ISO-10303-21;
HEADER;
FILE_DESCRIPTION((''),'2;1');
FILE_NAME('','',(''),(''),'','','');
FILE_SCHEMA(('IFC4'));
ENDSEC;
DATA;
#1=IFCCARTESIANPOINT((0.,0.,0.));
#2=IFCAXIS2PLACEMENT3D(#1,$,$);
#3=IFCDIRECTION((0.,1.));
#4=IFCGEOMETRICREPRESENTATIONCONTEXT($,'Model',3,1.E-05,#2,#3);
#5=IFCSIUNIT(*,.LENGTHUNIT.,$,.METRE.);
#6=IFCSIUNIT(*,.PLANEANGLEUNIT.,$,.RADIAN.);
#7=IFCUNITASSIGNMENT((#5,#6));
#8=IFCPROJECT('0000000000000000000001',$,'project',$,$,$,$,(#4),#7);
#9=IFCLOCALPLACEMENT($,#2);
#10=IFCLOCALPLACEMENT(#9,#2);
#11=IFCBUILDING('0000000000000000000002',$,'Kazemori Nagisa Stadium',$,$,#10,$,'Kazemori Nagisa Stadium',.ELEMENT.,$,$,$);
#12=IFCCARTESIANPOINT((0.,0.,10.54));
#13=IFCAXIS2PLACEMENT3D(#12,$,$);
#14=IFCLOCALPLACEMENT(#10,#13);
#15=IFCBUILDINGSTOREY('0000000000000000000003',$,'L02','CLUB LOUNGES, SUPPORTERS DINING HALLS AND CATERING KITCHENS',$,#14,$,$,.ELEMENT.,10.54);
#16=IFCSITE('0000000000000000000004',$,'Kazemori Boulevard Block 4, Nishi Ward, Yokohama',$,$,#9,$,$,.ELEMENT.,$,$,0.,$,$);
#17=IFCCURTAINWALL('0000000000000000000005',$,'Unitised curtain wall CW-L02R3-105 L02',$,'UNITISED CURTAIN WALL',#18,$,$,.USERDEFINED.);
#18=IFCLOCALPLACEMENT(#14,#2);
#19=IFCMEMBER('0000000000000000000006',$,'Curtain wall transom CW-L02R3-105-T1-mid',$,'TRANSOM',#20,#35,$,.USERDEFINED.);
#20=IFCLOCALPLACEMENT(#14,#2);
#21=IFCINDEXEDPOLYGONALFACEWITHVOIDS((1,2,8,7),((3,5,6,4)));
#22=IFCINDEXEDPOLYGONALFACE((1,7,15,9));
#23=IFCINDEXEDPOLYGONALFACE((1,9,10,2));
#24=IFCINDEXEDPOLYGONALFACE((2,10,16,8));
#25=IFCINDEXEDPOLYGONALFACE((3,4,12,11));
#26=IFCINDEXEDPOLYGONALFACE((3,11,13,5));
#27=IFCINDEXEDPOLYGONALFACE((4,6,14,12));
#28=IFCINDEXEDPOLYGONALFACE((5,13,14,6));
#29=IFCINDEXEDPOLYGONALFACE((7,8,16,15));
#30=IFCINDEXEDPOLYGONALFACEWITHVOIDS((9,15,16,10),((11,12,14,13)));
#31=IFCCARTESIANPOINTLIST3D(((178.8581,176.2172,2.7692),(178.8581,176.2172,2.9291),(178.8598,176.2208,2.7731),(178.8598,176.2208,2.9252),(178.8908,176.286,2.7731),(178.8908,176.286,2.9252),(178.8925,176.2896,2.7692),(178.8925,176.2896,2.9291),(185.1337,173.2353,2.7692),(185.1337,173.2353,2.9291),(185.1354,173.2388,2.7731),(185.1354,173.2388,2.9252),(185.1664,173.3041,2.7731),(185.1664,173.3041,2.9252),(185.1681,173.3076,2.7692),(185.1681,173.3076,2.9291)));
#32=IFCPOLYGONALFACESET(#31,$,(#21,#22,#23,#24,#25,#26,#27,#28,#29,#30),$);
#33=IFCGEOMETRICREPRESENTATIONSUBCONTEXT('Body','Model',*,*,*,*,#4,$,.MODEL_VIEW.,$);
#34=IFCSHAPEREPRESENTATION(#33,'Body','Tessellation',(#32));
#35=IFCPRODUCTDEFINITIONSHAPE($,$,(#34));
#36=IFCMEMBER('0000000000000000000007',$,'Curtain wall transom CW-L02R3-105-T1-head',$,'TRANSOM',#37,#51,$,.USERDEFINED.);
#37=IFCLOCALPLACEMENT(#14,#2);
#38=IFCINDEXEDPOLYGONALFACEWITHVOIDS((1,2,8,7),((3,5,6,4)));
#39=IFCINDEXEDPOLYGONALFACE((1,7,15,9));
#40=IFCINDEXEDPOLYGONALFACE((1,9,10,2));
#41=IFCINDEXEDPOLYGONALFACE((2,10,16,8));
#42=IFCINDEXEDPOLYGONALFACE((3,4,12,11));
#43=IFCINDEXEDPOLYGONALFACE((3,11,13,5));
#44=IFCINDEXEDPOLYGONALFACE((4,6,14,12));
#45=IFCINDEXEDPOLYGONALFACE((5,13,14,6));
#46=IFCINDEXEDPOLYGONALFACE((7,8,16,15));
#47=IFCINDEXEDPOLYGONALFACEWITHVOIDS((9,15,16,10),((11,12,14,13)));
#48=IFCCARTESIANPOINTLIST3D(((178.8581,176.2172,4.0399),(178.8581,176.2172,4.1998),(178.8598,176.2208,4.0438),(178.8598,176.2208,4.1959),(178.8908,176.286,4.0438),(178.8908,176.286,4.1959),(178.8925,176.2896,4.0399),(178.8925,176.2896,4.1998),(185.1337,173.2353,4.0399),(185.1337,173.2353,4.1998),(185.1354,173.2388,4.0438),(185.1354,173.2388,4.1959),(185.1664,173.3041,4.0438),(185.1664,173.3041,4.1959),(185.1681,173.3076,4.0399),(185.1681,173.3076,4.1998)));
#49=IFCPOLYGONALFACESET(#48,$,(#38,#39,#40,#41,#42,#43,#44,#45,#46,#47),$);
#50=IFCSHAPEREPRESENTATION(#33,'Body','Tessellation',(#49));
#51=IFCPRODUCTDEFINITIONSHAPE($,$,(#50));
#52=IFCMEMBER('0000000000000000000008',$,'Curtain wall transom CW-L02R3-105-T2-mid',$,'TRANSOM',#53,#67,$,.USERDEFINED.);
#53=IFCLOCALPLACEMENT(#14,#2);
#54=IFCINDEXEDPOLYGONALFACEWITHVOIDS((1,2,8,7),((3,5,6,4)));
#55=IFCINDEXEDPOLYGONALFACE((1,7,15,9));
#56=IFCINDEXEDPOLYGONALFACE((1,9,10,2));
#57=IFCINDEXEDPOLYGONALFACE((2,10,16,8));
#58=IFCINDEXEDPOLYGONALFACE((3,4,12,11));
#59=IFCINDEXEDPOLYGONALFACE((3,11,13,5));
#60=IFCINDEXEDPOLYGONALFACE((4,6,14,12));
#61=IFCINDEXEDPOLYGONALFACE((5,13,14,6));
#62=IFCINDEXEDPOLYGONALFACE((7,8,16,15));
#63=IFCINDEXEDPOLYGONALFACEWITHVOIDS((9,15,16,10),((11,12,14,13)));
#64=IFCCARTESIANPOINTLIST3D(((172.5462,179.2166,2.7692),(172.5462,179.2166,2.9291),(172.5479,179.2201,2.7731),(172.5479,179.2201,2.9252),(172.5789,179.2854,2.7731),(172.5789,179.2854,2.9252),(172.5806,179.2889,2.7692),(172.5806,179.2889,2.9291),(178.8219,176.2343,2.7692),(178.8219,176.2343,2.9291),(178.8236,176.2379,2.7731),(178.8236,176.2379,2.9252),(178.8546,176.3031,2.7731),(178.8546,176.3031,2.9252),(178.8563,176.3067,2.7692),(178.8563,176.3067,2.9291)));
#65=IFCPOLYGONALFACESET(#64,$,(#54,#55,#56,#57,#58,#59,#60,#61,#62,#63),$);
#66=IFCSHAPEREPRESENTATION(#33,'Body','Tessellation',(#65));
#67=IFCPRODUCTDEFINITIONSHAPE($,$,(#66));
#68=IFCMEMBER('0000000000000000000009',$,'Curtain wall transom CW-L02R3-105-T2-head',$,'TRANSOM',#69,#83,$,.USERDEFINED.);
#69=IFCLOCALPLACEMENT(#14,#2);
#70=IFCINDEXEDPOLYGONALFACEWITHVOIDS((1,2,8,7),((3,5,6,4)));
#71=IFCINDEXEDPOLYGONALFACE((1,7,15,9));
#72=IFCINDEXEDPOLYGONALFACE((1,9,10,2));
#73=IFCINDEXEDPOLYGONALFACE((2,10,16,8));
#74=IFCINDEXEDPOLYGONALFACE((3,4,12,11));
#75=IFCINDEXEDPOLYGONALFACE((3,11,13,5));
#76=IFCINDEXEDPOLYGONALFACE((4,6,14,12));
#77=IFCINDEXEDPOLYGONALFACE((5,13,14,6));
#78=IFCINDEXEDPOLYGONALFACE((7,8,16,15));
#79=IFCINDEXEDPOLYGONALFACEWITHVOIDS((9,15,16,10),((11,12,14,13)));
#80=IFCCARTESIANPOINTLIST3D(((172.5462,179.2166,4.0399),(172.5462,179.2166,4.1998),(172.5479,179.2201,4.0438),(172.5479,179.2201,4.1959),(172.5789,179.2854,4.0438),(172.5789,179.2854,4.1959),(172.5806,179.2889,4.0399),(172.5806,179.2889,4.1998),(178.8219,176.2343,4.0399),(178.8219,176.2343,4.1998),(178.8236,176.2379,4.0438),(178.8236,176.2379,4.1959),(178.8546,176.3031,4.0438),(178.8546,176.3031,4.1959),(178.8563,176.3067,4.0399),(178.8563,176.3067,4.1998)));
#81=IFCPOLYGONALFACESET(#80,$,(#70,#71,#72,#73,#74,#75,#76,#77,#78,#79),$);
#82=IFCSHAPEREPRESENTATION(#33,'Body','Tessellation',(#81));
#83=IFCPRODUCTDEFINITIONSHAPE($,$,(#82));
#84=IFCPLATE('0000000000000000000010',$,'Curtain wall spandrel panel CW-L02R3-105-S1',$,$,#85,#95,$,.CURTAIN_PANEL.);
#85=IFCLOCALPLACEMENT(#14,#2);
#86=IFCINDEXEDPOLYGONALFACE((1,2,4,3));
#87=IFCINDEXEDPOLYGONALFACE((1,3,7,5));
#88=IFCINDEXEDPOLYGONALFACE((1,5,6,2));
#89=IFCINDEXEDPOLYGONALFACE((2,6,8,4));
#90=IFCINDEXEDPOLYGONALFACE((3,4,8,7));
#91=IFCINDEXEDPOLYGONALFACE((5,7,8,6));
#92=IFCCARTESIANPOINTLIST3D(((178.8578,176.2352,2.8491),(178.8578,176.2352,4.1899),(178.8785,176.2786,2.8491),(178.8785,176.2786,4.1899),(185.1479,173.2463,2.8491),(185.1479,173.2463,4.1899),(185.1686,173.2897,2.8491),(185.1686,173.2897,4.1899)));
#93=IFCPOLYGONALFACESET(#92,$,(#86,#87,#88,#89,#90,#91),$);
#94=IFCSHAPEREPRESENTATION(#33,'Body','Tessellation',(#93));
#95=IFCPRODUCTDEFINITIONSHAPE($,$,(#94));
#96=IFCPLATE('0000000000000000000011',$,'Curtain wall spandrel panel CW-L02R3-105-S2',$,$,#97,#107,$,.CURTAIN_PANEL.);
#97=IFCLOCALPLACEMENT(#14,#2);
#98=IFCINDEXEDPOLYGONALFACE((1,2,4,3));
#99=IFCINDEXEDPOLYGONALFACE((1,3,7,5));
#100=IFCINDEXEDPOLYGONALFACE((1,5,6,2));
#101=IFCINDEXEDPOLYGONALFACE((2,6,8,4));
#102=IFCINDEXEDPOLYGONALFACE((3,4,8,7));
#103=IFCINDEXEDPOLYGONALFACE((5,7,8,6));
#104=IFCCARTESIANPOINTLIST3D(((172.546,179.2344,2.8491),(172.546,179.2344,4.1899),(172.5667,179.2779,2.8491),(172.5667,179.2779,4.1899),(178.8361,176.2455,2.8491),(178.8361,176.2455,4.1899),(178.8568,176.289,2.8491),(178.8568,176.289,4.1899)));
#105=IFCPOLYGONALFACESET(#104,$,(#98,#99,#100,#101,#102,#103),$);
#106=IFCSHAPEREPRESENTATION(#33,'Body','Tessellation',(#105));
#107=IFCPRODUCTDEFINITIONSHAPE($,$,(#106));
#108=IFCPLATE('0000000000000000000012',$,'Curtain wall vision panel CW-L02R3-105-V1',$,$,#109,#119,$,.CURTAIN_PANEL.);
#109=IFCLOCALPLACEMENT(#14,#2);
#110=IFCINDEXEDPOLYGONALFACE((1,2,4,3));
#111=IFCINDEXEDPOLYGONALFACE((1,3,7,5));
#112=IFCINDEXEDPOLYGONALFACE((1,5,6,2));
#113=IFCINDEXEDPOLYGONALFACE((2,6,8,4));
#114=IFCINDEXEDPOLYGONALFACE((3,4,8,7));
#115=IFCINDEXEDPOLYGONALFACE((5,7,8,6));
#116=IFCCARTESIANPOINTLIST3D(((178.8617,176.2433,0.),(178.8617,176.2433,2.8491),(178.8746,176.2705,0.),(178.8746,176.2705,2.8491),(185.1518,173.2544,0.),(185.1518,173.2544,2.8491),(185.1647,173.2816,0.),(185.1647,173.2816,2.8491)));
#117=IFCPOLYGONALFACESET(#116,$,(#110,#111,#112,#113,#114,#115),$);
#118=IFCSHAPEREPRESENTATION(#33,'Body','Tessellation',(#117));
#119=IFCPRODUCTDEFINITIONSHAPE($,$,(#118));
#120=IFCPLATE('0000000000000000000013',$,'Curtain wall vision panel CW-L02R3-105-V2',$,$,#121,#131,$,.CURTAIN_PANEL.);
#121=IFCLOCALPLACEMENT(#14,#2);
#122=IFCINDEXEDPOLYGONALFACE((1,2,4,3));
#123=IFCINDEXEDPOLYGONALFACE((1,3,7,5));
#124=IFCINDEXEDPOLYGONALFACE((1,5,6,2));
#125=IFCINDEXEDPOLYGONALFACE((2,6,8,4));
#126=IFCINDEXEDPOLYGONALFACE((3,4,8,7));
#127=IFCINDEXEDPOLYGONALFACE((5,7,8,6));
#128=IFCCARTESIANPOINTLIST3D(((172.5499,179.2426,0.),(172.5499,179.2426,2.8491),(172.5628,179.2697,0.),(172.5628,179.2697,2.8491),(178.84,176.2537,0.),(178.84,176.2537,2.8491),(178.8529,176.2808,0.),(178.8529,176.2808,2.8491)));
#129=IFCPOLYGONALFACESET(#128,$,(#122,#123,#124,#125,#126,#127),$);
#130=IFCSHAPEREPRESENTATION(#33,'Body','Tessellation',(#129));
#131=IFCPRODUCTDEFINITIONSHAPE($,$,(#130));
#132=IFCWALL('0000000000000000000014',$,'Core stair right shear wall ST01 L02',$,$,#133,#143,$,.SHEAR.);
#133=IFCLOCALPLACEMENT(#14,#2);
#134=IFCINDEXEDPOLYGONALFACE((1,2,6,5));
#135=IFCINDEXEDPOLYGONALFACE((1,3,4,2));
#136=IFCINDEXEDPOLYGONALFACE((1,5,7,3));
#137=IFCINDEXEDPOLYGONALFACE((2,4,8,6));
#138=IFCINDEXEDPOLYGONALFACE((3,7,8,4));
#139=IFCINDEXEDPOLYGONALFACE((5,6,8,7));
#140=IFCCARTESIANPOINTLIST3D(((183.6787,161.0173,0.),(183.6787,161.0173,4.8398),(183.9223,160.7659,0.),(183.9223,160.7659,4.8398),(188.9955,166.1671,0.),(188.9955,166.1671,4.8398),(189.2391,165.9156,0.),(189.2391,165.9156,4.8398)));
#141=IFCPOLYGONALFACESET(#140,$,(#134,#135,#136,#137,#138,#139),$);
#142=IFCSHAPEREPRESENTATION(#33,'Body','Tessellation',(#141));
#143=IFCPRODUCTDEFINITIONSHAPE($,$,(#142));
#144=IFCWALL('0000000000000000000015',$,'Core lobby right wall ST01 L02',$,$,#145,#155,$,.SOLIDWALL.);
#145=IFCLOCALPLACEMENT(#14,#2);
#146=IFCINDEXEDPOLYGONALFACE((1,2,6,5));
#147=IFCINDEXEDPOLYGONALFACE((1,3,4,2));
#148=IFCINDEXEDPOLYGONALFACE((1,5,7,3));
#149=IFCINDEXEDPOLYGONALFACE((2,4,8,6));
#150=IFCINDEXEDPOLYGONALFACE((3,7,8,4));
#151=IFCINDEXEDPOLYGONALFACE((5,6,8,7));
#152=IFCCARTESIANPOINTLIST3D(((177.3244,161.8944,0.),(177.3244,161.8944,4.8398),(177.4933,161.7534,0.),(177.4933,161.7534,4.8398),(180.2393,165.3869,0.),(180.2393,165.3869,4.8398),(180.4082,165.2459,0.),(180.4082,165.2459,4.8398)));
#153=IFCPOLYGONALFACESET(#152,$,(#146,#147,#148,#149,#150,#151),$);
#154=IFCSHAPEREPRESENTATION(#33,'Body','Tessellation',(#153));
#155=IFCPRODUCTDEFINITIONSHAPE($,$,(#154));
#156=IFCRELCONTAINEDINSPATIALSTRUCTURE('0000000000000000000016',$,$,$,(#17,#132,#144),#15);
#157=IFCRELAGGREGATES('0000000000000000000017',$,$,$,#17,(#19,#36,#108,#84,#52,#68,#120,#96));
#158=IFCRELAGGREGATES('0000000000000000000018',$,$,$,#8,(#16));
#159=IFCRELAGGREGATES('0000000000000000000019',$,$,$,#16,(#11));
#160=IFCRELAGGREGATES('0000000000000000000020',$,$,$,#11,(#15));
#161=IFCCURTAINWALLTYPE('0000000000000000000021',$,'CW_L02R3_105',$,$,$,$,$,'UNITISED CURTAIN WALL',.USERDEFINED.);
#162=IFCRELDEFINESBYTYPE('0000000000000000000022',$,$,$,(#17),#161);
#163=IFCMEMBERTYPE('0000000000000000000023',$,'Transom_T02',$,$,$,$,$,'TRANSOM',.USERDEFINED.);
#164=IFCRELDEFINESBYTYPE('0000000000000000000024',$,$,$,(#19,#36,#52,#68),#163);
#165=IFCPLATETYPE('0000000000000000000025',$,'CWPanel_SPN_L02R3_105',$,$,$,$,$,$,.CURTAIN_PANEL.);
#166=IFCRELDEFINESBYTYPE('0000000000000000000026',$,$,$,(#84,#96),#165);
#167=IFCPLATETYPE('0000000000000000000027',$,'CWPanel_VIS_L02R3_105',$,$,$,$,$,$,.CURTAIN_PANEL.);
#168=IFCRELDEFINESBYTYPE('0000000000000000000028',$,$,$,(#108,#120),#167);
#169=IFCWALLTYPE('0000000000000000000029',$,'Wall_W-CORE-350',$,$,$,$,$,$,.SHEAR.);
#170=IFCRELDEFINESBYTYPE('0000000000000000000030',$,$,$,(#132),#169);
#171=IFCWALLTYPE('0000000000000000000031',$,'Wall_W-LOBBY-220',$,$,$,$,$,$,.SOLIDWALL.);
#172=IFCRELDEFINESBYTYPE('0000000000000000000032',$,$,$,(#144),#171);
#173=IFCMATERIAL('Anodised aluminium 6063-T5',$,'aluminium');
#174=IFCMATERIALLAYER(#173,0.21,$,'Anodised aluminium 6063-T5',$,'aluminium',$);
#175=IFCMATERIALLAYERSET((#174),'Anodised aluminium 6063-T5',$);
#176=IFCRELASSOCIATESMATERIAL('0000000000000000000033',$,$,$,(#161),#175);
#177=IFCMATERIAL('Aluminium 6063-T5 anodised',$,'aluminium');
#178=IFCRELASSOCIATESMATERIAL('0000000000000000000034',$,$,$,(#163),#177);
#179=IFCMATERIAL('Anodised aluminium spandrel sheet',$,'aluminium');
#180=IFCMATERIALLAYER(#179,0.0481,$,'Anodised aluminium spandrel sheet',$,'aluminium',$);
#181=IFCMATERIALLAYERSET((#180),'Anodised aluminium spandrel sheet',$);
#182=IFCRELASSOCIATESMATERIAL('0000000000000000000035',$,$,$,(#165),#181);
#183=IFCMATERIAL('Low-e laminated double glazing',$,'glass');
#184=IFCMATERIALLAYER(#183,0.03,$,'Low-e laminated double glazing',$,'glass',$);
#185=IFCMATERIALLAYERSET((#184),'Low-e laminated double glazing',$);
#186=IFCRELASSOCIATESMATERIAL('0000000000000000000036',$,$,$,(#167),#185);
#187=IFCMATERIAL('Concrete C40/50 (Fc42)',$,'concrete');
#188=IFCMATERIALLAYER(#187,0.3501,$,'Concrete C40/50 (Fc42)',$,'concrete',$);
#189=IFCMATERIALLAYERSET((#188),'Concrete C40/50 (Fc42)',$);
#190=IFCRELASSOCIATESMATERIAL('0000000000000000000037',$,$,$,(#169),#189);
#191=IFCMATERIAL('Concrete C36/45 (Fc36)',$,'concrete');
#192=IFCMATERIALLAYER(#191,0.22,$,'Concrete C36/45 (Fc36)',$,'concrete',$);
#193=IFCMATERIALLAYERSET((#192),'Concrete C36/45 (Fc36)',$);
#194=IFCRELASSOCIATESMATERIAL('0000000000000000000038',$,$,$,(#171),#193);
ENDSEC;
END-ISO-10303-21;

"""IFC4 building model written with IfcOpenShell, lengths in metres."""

from ifc_helpers import new_model, si_unit, direction, frame, frame_2d, origin, origin_2d, place, context, subcontext, project, spatial, rectangle, hollow_rectangle, extrude, material, layer, layer_set, material_profile, profile_set, type_object, element, aggregate, save


model = new_model("IFC4")

# Units and contexts
model_context = context("Model", 3, precision=1e-05, world=origin(), true_north=direction((0.0, 1.0)))
body_context = subcontext(model_context, "Body", "Model", "MODEL_VIEW")
ifc_project = project(units=[si_unit("LENGTHUNIT", "METRE"), si_unit("PLANEANGLEUNIT", "RADIAN")], contexts=[model_context])

# Site, building, storey
site_placement = place(None, origin())
site = spatial("IfcSite", under=ifc_project, at=site_placement, Name="Kazemori Boulevard Block 4, Nishi Ward, Yokohama", CompositionType="ELEMENT", RefElevation=0.0)
building_placement = place(site_placement, origin())
building = spatial("IfcBuilding", under=site, at=building_placement, Name="Kazemori Nagisa Stadium", LongName="Kazemori Nagisa Stadium", CompositionType="ELEMENT")
storey_placement = place(building_placement, frame((0.0, 0.0, 10.54)))
storey = spatial("IfcBuildingStorey", under=building, at=storey_placement, Name="L02", Description="CLUB LOUNGES, SUPPORTERS DINING HALLS AND CATERING KITCHENS", CompositionType="ELEMENT", Elevation=10.54)

# Shared definitions
ifc_material_1 = material(Name="Concrete C40/50 (Fc42)", Category="concrete")

# Curtain wall, members, plates
ifc_material_2 = material(Name="Anodised aluminium 6063-T5", Category="aluminium")
ifc_layer_1 = layer(ifc_material_2, 0.21, Name="Anodised aluminium 6063-T5", Category="aluminium")
ifc_layer_set_1 = layer_set([ifc_layer_1], Name="Anodised aluminium 6063-T5")
curtain_wall_type = type_object("IfcCurtainWallType", Name="CW_L02R3_105", ElementType="UNITISED CURTAIN WALL", PredefinedType="USERDEFINED", material=ifc_layer_set_1)
curtain_wall_placement = place(storey_placement, origin())
curtain_wall = element("IfcCurtainWall", 1, at=curtain_wall_placement, inside=storey, type_object=curtain_wall_type, Name="Unitised curtain wall CW-L02R3-105 L02", ObjectType="UNITISED CURTAIN WALL", PredefinedType="USERDEFINED")
ifc_material_3 = material(Name="Aluminium 6063-T5 anodised", Category="aluminium")
ifc_material_profile_1 = material_profile(ifc_material_3, hollow_rectangle(XDim=0.0801, YDim=0.1599, WallThickness=0.0039, at=origin_2d()), Name="ALU-TRAN-80x160x4")
ifc_profile_set_1 = profile_set([ifc_material_profile_1], Name="Aluminium 6063-T5 anodised")
member_type_1 = type_object("IfcMemberType", Name="Transom_T02", ElementType="TRANSOM", PredefinedType="USERDEFINED", material=ifc_profile_set_1)
member_1_placement = place(storey_placement, frame((185.1509, 173.2715, 2.8491), z_axis=(-0.903221, 0.429175, 0.0), x_axis=(-0.429175, -0.903221, 0.0)))
member_1 = element("IfcMember", 2, at=member_1_placement, type_object=member_type_1, Name="Curtain wall transom CW-L02R3-105-T1-mid", ObjectType="TRANSOM", PredefinedType="USERDEFINED", context=body_context, shape_type="SweptSolid", body=[
    extrude(hollow_rectangle(XDim=0.0801, YDim=0.1599, WallThickness=0.0039, at=origin_2d()), origin(), (0.0, 0.0, 1.0), 6.948),
])
member_2_placement = place(storey_placement, frame((185.1509, 173.2715, 4.1199), z_axis=(-0.903221, 0.429175, 0.0), x_axis=(-0.429175, -0.903221, 0.0)))
member_2 = element("IfcMember", 3, at=member_2_placement, type_object=member_type_1, Name="Curtain wall transom CW-L02R3-105-T1-head", ObjectType="TRANSOM", PredefinedType="USERDEFINED", context=body_context, shape_type="SweptSolid", body=[
    extrude(hollow_rectangle(XDim=0.0801, YDim=0.1599, WallThickness=0.0039, at=origin_2d()), origin(), (0.0, 0.0, 1.0), 6.948),
])
member_3_placement = place(storey_placement, frame((178.8391, 176.2705, 2.8491), z_axis=(-0.903208, 0.429204, 0.0), x_axis=(-0.429204, -0.903208, 0.0)))
member_3 = element("IfcMember", 4, at=member_3_placement, type_object=member_type_1, Name="Curtain wall transom CW-L02R3-105-T2-mid", ObjectType="TRANSOM", PredefinedType="USERDEFINED", context=body_context, shape_type="SweptSolid", body=[
    extrude(hollow_rectangle(XDim=0.0801, YDim=0.1599, WallThickness=0.0039, at=origin_2d()), origin(), (0.0, 0.0, 1.0), 6.9482),
])
member_4_placement = place(storey_placement, frame((178.8391, 176.2705, 4.1199), z_axis=(-0.903208, 0.429204, 0.0), x_axis=(-0.429204, -0.903208, 0.0)))
member_4 = element("IfcMember", 5, at=member_4_placement, type_object=member_type_1, Name="Curtain wall transom CW-L02R3-105-T2-head", ObjectType="TRANSOM", PredefinedType="USERDEFINED", context=body_context, shape_type="SweptSolid", body=[
    extrude(hollow_rectangle(XDim=0.0801, YDim=0.1599, WallThickness=0.0039, at=origin_2d()), origin(), (0.0, 0.0, 1.0), 6.9482),
])
ifc_material_4 = material(Name="Anodised aluminium spandrel sheet", Category="aluminium")
ifc_layer_2 = layer(ifc_material_4, 0.0481, Name="Anodised aluminium spandrel sheet", Category="aluminium")
ifc_layer_set_2 = layer_set([ifc_layer_2], Name="Anodised aluminium spandrel sheet")
plate_type_1 = type_object("IfcPlateType", Name="CWPanel_SPN_L02R3_105", PredefinedType="CURTAIN_PANEL", material=ifc_layer_set_2)
plate_1_placement = place(storey_placement, frame((182.0132, 174.7625, 2.8491), z_axis=(0.0, 0.0, 1.0), x_axis=(-0.903216, 0.429186, 0.0)))
plate_1 = element("IfcPlate", 6, at=plate_1_placement, type_object=plate_type_1, Name="Curtain wall spandrel panel CW-L02R3-105-S1", PredefinedType="CURTAIN_PANEL", context=body_context, shape_type="SweptSolid", body=[
    extrude(rectangle(XDim=6.9641, YDim=0.0481, at=origin_2d()), origin(), (0.0, 0.0, 1.0), 1.3408),
])
plate_2_placement = place(storey_placement, frame((175.7014, 177.7617, 2.8491), z_axis=(0.0, 0.0, 1.0), x_axis=(-0.903216, 0.429186, 0.0)))
plate_2 = element("IfcPlate", 7, at=plate_2_placement, type_object=plate_type_1, Name="Curtain wall spandrel panel CW-L02R3-105-S2", PredefinedType="CURTAIN_PANEL", context=body_context, shape_type="SweptSolid", body=[
    extrude(rectangle(XDim=6.9641, YDim=0.0481, at=origin_2d()), origin(), (0.0, 0.0, 1.0), 1.3408),
])
ifc_material_5 = material(Name="Low-e laminated double glazing", Category="glass")
ifc_layer_3 = layer(ifc_material_5, 0.03, Name="Low-e laminated double glazing", Category="glass")
ifc_layer_set_3 = layer_set([ifc_layer_3], Name="Low-e laminated double glazing")
plate_type_2 = type_object("IfcPlateType", Name="CWPanel_VIS_L02R3_105", PredefinedType="CURTAIN_PANEL", material=ifc_layer_set_3)
plate_3_placement = place(storey_placement, frame((182.0132, 174.7625, 0.0), z_axis=(0.0, 0.0, 1.0), x_axis=(-0.903216, 0.429186, 0.0)))
plate_3 = element("IfcPlate", 8, at=plate_3_placement, type_object=plate_type_2, Name="Curtain wall vision panel CW-L02R3-105-V1", PredefinedType="CURTAIN_PANEL", context=body_context, shape_type="SweptSolid", body=[
    extrude(rectangle(XDim=6.9641, YDim=0.03, at=origin_2d()), origin(), (0.0, 0.0, 1.0), 2.8491),
])
plate_4_placement = place(storey_placement, frame((175.7014, 177.7617, 0.0), z_axis=(0.0, 0.0, 1.0), x_axis=(-0.903216, 0.429186, 0.0)))
plate_4 = element("IfcPlate", 9, at=plate_4_placement, type_object=plate_type_2, Name="Curtain wall vision panel CW-L02R3-105-V2", PredefinedType="CURTAIN_PANEL", context=body_context, shape_type="SweptSolid", body=[
    extrude(rectangle(XDim=6.9641, YDim=0.03, at=origin_2d()), origin(), (0.0, 0.0, 1.0), 2.8491),
])
aggregate(curtain_wall, [member_1, member_2, plate_3, plate_1, member_3, member_4, plate_4, plate_2])

# Walls
ifc_layer_4 = layer(ifc_material_1, 0.3501, Name="Concrete C40/50 (Fc42)", Category="concrete")
ifc_layer_set_4 = layer_set([ifc_layer_4], Name="Concrete C40/50 (Fc42)")
wall_type_1 = type_object("IfcWallType", Name="Wall_W-CORE-350", PredefinedType="SHEAR", material=ifc_layer_set_4)
wall_1_placement = place(storey_placement, frame((183.8005, 160.8916, 0.0), z_axis=(0.0, 0.0, 1.0), x_axis=(0.718297, 0.695736, 0.0)))
element("IfcWall", 10, at=wall_1_placement, inside=storey, type_object=wall_type_1, Name="Core stair right shear wall ST01 L02", PredefinedType="SHEAR", context=body_context, shape_type="SweptSolid", body=[
    extrude(rectangle(XDim=7.4019, YDim=0.3501, at=frame_2d((3.7009, 0.0))), origin(), (0.0, 0.0, 1.0), 4.8398),
])
ifc_material_6 = material(Name="Concrete C36/45 (Fc36)", Category="concrete")
ifc_layer_5 = layer(ifc_material_6, 0.22, Name="Concrete C36/45 (Fc36)", Category="concrete")
ifc_layer_set_5 = layer_set([ifc_layer_5], Name="Concrete C36/45 (Fc36)")
wall_type_2 = type_object("IfcWallType", Name="Wall_W-LOBBY-220", PredefinedType="SOLIDWALL", material=ifc_layer_set_5)
wall_2_placement = place(storey_placement, frame((177.4089, 161.824, 0.0), z_axis=(0.0, 0.0, 1.0), x_axis=(0.64076, 0.767742, 0.0)))
element("IfcWall", 11, at=wall_2_placement, inside=storey, type_object=wall_type_2, Name="Core lobby right wall ST01 L02", PredefinedType="SOLIDWALL", context=body_context, shape_type="SweptSolid", body=[
    extrude(rectangle(XDim=4.5491, YDim=0.22, at=frame_2d((2.2744, 0.0))), origin(), (0.0, 0.0, 1.0), 4.8398),
])

save(model, "model.ifc")
